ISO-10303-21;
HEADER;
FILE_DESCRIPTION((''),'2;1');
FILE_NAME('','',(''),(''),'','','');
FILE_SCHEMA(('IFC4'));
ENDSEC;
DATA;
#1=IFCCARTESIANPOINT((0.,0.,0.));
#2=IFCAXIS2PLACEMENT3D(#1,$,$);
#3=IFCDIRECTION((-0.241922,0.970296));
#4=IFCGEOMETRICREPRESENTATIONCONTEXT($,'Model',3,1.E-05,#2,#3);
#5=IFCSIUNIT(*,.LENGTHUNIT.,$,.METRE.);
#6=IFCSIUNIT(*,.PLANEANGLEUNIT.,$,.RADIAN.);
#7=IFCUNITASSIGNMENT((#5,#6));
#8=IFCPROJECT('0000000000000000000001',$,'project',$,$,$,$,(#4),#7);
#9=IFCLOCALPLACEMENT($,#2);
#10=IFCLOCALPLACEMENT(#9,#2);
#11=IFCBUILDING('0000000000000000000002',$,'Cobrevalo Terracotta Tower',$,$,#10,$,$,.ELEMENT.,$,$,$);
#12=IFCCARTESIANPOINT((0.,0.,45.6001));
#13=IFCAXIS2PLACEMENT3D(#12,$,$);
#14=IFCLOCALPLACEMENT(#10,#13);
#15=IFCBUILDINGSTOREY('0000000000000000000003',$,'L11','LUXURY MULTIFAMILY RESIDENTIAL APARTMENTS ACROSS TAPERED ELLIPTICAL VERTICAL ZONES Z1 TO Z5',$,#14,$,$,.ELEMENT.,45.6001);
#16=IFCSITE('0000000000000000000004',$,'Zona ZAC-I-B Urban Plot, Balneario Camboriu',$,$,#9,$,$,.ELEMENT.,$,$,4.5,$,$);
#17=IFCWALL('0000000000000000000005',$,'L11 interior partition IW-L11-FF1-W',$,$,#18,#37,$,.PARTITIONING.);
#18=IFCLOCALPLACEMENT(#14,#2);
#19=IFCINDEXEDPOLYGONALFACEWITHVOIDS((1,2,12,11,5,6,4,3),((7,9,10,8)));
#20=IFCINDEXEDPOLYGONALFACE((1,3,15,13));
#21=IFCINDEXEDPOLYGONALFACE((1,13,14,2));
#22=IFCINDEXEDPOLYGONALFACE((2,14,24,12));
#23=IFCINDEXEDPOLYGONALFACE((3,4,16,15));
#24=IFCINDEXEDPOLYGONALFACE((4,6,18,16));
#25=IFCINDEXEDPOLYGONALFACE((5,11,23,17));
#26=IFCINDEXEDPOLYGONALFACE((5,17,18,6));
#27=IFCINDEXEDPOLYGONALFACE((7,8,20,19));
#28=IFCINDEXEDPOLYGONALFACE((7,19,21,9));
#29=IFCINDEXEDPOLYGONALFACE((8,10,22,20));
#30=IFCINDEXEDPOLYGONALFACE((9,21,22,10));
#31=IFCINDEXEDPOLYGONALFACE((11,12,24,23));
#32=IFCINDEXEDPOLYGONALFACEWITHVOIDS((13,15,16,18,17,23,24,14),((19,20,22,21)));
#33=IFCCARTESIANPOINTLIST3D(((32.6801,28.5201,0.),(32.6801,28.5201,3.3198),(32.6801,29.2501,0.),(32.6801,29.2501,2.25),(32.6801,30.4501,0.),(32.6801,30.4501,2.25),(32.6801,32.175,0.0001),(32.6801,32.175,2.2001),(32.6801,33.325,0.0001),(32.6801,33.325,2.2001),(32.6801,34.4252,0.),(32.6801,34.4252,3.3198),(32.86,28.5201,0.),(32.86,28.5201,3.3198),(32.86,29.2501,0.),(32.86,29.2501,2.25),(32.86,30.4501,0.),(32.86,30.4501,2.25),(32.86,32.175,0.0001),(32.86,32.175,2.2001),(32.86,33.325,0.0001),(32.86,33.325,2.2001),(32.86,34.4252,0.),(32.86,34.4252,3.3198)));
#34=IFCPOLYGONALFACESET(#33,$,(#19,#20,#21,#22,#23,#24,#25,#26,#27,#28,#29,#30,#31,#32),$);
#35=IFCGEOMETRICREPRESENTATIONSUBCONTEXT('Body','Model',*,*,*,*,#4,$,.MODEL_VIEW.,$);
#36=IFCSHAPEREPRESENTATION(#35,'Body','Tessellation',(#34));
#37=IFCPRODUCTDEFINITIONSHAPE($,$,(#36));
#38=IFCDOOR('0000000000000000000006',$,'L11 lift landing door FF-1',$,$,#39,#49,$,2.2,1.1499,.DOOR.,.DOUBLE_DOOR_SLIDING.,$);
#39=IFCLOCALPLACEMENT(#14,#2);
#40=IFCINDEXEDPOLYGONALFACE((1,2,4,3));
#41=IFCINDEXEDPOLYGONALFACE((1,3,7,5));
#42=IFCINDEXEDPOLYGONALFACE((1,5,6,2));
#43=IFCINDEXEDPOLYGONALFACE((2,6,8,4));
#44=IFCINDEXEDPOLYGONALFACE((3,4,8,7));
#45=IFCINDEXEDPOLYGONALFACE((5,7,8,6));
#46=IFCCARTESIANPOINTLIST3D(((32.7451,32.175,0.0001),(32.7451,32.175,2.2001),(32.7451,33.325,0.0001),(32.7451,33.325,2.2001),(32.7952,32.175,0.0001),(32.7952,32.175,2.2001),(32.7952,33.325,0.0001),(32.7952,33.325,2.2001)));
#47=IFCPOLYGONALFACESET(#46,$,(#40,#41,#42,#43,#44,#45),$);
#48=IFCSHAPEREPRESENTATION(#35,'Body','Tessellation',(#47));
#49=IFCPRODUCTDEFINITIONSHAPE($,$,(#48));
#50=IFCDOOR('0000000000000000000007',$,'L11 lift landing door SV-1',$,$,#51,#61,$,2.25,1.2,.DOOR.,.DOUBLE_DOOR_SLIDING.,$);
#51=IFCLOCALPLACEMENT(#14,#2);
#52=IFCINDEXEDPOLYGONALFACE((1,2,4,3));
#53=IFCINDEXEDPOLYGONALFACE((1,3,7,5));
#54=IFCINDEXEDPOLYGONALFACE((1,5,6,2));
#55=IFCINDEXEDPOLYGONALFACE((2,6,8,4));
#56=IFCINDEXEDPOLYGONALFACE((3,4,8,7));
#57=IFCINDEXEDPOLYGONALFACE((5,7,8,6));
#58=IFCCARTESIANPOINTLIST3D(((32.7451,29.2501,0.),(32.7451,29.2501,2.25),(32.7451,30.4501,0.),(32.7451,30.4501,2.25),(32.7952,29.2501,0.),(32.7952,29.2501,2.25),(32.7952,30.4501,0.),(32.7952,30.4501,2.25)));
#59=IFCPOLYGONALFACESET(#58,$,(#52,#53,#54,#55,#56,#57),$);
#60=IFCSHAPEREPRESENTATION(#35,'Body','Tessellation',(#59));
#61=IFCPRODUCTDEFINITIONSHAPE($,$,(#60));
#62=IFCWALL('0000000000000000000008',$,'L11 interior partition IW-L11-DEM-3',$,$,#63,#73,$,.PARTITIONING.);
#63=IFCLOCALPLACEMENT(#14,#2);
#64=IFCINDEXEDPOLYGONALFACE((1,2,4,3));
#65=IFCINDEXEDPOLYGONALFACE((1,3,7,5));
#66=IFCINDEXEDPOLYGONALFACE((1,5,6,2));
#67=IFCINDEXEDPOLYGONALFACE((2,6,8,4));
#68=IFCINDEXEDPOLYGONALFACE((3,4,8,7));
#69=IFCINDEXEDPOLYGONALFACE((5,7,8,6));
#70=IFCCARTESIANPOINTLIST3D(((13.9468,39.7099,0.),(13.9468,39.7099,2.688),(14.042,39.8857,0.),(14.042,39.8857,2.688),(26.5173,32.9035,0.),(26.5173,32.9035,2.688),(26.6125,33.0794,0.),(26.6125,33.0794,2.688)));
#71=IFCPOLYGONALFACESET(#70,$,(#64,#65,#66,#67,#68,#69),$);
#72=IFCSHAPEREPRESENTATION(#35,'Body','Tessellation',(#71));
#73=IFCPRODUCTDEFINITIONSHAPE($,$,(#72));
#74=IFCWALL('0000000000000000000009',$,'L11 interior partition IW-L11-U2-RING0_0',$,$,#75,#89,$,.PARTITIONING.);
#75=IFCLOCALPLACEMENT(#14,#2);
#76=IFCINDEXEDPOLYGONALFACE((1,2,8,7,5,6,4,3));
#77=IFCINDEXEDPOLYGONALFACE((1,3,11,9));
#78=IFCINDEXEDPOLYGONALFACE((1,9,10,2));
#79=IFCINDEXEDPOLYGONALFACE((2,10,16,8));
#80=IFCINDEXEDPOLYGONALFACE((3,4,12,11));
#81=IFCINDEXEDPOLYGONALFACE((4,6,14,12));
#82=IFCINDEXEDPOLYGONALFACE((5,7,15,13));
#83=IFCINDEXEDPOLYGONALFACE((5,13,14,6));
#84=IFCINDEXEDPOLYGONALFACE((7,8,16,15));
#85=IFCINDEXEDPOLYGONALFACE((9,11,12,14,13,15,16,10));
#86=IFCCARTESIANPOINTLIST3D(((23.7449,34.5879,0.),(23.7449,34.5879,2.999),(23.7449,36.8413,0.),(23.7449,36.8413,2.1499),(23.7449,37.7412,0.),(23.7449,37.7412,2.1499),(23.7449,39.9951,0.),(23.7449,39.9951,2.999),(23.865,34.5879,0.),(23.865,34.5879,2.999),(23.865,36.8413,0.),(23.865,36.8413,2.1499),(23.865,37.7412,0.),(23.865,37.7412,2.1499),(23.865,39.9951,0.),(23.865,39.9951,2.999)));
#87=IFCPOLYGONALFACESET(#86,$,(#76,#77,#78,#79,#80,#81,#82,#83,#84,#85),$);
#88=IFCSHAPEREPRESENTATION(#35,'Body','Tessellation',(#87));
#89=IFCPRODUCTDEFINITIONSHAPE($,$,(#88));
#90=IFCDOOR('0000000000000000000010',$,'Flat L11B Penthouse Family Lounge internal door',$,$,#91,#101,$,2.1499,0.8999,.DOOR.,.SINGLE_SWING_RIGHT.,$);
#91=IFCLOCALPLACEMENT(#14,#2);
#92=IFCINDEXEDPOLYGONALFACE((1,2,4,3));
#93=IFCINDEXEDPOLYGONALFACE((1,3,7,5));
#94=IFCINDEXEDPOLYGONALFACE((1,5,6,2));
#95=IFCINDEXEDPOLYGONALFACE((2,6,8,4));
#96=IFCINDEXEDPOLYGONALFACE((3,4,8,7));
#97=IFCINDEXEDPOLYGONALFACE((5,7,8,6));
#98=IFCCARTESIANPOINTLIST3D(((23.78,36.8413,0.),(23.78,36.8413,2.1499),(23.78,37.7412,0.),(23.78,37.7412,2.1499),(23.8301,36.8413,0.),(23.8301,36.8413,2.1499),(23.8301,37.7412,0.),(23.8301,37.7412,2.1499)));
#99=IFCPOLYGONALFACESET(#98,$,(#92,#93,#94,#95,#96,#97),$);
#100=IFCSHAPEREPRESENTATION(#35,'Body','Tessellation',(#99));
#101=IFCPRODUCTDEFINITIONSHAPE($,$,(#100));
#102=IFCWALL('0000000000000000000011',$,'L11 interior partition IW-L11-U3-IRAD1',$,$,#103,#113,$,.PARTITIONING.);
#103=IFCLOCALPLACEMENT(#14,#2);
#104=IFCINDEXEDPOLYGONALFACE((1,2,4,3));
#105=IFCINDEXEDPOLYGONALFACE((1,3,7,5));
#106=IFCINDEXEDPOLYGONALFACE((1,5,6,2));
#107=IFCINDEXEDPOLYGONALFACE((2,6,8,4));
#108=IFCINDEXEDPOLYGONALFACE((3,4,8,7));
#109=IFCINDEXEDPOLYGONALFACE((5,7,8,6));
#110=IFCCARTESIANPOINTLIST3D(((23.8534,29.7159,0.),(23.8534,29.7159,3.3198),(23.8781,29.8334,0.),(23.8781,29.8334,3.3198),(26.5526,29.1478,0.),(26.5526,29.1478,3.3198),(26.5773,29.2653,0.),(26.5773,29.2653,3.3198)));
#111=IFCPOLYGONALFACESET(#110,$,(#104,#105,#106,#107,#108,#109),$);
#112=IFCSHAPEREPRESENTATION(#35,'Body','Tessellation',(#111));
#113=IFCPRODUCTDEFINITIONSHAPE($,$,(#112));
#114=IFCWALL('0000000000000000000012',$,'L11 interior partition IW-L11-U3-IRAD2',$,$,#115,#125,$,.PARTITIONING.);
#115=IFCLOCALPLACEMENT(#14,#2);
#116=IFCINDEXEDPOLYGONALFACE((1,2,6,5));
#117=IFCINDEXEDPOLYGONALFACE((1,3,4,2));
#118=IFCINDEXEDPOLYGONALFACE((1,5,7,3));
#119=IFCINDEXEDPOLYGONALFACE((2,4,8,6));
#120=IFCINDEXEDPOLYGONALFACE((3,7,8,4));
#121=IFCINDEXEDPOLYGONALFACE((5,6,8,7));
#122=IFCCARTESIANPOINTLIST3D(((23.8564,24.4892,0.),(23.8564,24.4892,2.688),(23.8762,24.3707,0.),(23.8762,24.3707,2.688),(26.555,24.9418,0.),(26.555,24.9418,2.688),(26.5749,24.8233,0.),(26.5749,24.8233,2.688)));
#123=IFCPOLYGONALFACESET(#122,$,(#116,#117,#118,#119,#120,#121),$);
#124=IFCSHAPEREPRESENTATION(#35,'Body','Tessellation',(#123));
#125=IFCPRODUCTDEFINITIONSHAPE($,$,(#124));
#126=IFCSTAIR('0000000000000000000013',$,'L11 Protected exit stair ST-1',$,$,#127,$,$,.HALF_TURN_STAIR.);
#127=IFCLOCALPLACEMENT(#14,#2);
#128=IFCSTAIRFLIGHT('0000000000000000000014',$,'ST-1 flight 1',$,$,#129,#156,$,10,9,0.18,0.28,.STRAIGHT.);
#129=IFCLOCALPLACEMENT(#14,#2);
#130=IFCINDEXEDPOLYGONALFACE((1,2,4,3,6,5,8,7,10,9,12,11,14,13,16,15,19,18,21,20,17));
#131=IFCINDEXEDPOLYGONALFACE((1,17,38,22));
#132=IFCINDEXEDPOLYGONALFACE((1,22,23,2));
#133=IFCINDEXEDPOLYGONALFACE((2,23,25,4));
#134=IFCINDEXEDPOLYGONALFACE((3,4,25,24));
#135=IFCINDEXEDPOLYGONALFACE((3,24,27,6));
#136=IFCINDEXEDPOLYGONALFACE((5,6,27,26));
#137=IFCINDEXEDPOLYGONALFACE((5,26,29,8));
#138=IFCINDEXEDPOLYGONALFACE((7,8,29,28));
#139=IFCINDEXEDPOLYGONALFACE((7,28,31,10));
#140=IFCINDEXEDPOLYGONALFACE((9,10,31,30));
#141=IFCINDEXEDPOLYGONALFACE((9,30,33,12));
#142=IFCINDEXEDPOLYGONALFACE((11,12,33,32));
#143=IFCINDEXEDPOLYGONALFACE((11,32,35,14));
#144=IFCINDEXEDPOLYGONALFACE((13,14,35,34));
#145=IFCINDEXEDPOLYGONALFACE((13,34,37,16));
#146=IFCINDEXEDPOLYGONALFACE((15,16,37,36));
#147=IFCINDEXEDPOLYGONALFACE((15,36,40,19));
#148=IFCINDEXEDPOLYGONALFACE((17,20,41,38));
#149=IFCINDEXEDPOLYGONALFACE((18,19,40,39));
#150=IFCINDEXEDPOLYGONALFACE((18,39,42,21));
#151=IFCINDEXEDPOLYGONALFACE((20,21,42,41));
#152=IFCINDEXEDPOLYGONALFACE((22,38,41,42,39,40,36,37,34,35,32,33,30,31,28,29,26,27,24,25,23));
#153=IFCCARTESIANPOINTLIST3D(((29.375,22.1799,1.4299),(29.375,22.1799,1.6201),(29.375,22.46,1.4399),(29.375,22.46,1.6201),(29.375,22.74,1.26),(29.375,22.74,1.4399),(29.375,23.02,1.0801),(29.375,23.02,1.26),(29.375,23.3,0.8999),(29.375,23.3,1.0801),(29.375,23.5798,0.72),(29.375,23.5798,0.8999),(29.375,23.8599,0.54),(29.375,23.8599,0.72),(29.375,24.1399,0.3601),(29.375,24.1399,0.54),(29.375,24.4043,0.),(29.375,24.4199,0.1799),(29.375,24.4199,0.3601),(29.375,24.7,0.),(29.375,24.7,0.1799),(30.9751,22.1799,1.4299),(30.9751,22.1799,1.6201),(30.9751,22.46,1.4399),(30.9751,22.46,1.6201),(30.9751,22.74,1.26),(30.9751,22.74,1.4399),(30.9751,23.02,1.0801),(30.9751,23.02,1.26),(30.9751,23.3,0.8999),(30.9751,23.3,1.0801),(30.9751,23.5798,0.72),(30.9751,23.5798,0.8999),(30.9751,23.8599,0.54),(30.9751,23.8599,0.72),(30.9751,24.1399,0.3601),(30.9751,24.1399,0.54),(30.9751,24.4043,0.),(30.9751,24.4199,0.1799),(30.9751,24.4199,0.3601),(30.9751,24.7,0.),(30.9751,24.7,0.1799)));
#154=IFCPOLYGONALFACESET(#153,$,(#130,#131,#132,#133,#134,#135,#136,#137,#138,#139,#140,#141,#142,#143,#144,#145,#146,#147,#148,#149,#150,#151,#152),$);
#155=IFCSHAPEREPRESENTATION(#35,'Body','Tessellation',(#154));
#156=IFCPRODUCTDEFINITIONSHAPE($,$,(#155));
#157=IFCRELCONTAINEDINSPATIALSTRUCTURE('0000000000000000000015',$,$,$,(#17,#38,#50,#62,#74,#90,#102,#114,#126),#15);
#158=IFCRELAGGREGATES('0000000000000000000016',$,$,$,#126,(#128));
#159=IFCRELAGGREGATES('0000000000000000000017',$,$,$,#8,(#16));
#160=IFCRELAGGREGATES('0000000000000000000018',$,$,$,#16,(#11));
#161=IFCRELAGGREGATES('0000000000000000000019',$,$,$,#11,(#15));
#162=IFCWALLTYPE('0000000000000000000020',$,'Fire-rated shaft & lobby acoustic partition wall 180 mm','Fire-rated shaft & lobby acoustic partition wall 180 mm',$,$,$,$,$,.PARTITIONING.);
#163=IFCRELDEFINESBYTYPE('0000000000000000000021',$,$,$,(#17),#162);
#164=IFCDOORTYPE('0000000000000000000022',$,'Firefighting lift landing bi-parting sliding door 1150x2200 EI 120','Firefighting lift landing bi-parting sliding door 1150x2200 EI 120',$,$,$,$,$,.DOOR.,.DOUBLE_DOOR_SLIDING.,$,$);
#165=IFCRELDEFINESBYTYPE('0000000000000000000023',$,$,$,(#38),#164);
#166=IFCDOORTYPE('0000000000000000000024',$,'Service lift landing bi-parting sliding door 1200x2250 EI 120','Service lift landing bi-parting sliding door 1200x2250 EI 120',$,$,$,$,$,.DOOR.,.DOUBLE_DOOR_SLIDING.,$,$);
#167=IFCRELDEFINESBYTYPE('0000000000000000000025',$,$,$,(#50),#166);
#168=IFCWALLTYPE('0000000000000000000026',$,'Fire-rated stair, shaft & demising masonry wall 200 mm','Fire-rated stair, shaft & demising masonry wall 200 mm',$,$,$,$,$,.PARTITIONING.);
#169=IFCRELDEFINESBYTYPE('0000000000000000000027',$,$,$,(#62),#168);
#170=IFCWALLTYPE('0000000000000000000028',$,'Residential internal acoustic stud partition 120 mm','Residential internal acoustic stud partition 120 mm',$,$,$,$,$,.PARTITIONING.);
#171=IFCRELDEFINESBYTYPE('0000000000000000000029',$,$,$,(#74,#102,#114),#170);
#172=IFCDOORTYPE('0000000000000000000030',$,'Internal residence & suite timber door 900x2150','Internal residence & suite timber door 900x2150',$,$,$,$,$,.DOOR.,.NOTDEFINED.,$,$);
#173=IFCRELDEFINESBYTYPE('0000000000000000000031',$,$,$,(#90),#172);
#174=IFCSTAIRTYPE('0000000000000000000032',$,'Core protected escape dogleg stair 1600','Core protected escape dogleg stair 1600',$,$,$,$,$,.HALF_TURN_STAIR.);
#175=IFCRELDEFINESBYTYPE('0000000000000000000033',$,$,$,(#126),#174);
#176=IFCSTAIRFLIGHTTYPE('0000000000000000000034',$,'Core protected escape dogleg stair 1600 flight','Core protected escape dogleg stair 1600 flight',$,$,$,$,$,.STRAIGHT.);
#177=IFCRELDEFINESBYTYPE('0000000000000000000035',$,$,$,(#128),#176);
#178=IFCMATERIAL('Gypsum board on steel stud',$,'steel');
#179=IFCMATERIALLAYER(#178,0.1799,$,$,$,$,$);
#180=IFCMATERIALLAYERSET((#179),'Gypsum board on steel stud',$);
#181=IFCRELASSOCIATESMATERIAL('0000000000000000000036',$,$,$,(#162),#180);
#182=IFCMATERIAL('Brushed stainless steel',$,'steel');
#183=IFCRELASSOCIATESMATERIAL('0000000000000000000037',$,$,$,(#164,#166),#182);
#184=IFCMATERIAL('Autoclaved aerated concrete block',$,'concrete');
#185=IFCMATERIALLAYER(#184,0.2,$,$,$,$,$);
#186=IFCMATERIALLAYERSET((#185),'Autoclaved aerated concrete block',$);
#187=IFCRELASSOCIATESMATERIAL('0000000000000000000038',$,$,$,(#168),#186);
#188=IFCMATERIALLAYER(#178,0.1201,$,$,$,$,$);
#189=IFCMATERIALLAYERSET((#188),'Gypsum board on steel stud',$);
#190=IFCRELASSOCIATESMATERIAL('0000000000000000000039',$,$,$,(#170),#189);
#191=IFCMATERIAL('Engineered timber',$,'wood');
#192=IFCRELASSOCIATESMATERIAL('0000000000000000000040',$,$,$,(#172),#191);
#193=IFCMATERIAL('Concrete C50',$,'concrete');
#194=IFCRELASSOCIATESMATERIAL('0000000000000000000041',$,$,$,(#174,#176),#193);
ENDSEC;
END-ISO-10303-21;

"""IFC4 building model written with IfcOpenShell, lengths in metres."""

from ifc_helpers import new_model, si_unit, direction, frame, frame_2d, origin, place, context, subcontext, project, spatial, polyline, rectangle, outline, extrude, source, transform, mapped, material, layer, layer_set, type_object, element, fill, aggregate, save


model = new_model("IFC4")

# Units and contexts
model_context = context("Model", 3, precision=1e-05, world=origin(), true_north=direction((-0.241922, 0.970296)))
body_context = subcontext(model_context, "Body", "Model", "MODEL_VIEW")
ifc_project = project(units=[si_unit("LENGTHUNIT", "METRE"), si_unit("PLANEANGLEUNIT", "RADIAN")], contexts=[model_context])

# Site, building, storey
site_placement = place(None, origin())
site = spatial("IfcSite", under=ifc_project, at=site_placement, Name="Zona ZAC-I-B Urban Plot, Balneario Camboriu", CompositionType="ELEMENT", RefElevation=4.5)
building_placement = place(site_placement, origin())
building = spatial("IfcBuilding", under=site, at=building_placement, Name="Cobrevalo Terracotta Tower", CompositionType="ELEMENT")
storey_placement = place(building_placement, frame((0.0, 0.0, 45.6001)))
storey = spatial("IfcBuildingStorey", under=building, at=storey_placement, Name="L11", Description="LUXURY MULTIFAMILY RESIDENTIAL APARTMENTS ACROSS TAPERED ELLIPTICAL VERTICAL ZONES Z1 TO Z5", CompositionType="ELEMENT", Elevation=45.6001)

# Shared definitions
ifc_material_1 = material(Name="Gypsum board on steel stud", Category="steel")

# Shared definitions
ifc_layer_1 = layer(ifc_material_1, 0.1799)
ifc_layer_set_1 = layer_set([ifc_layer_1], Name="Gypsum board on steel stud")
wall_type_1 = type_object("IfcWallType", Name="Fire-rated shaft & lobby acoustic partition wall 180 mm", Description="Fire-rated shaft & lobby acoustic partition wall 180 mm", PredefinedType="PARTITIONING", material=ifc_layer_set_1)

# Wall, openings, doors
wall_1_placement = place(storey_placement, frame((32.77, 28.52, 0.0), z_axis=(0.0, 0.0, 1.0), x_axis=(0.0, 1.0, 0.0)))
wall_1 = element("IfcWall", 1, at=wall_1_placement, inside=storey, type_object=wall_type_1, Name="L11 interior partition IW-L11-FF1-W", PredefinedType="PARTITIONING", context=body_context, shape_type="SweptSolid", body=[
    extrude(rectangle(XDim=5.905, YDim=0.1799, at=frame_2d((2.9526, 0.0))), origin(), (0.0, 0.0, 1.0), 3.3198),
])
opening_1_placement = place(wall_1_placement, frame((3.655, 0.0, 0.0)))
opening_1 = element("IfcOpeningElement", 2, at=opening_1_placement, cuts=wall_1, PredefinedType="OPENING", context=body_context, shape_type="SweptSolid", body=[
    extrude(rectangle(XDim=1.1499, YDim=2.2, at=frame_2d((0.575, 1.1001))), frame((0.0, 0.1001, 0.0), z_axis=(0.0, -1.0, 0.0), x_axis=(1.0, 0.0, 0.0)), (0.0, 0.0, 1.0), 0.2),
])
opening_2_placement = place(wall_1_placement, frame((0.73, 0.0, 0.0)))
opening_2 = element("IfcOpeningElement", 3, at=opening_2_placement, cuts=wall_1, PredefinedType="OPENING", context=body_context, shape_type="SweptSolid", body=[
    extrude(rectangle(XDim=1.2, YDim=2.25, at=frame_2d((0.6001, 1.125))), frame((0.0, 0.1001, 0.0), z_axis=(0.0, -1.0, 0.0), x_axis=(1.0, 0.0, 0.0)), (0.0, 0.0, 1.0), 0.2),
])
ifc_material_2 = material(Name="Brushed stainless steel", Category="steel")
door_type_1 = type_object("IfcDoorType", Name="Firefighting lift landing bi-parting sliding door 1150x2200 EI 120", Description="Firefighting lift landing bi-parting sliding door 1150x2200 EI 120", OperationType="DOUBLE_DOOR_SLIDING", PredefinedType="DOOR", material=ifc_material_2)
shared_shape_1 = source(origin(), body_context, "Body", "SweptSolid", [
    extrude(rectangle(XDim=1.1499, YDim=2.2, at=frame_2d((0.575, 1.1001))), frame((0.0, 0.0249, 0.0), z_axis=(0.0, -1.0, 0.0), x_axis=(1.0, 0.0, 0.0)), (0.0, 0.0, 1.0), 0.05),
])
door_1_placement = place(opening_1_placement, origin())
door_1 = element("IfcDoor", 4, at=door_1_placement, inside=storey, type_object=door_type_1, Name="L11 lift landing door FF-1", OperationType="DOUBLE_DOOR_SLIDING", OverallHeight=2.2, OverallWidth=1.1499, PredefinedType="DOOR", context=body_context, shape_type="MappedRepresentation", body=[
    mapped(shared_shape_1, transform((0.0, 0.0, 0.0), scale=1.0)),
])
fill(opening_1, door_1)
door_type_2 = type_object("IfcDoorType", Name="Service lift landing bi-parting sliding door 1200x2250 EI 120", Description="Service lift landing bi-parting sliding door 1200x2250 EI 120", OperationType="DOUBLE_DOOR_SLIDING", PredefinedType="DOOR", material=ifc_material_2)
shared_shape_2 = source(origin(), body_context, "Body", "SweptSolid", [
    extrude(rectangle(XDim=1.2, YDim=2.25, at=frame_2d((0.6001, 1.125))), frame((0.0, 0.0249, 0.0), z_axis=(0.0, -1.0, 0.0), x_axis=(1.0, 0.0, 0.0)), (0.0, 0.0, 1.0), 0.05),
])
door_2_placement = place(opening_2_placement, origin())
door_2 = element("IfcDoor", 5, at=door_2_placement, inside=storey, type_object=door_type_2, Name="L11 lift landing door SV-1", OperationType="DOUBLE_DOOR_SLIDING", OverallHeight=2.25, OverallWidth=1.2, PredefinedType="DOOR", context=body_context, shape_type="MappedRepresentation", body=[
    mapped(shared_shape_2, transform((0.0, 0.0, 0.0), scale=1.0)),
])
fill(opening_2, door_2)

# Wall
ifc_material_3 = material(Name="Autoclaved aerated concrete block", Category="concrete")
ifc_layer_2 = layer(ifc_material_3, 0.2)
ifc_layer_set_2 = layer_set([ifc_layer_2], Name="Autoclaved aerated concrete block")
wall_type_2 = type_object("IfcWallType", Name="Fire-rated stair, shaft & demising masonry wall 200 mm", Description="Fire-rated stair, shaft & demising masonry wall 200 mm", PredefinedType="PARTITIONING", material=ifc_layer_set_2)
wall_2_placement = place(storey_placement, frame((26.5649, 32.9915, 0.0), z_axis=(0.0, 0.0, 1.0), x_axis=(-0.87937, 0.47614, 0.0)))
element("IfcWall", 6, at=wall_2_placement, inside=storey, type_object=wall_type_2, Name="L11 interior partition IW-L11-DEM-3", PredefinedType="PARTITIONING", context=body_context, shape_type="SweptSolid", body=[
    extrude(rectangle(XDim=14.2949, YDim=0.2, at=frame_2d((7.1475, 0.0))), origin(), (0.0, 0.0, 1.0), 2.688),
])

# Wall, opening, door
ifc_layer_3 = layer(ifc_material_1, 0.1201)
ifc_layer_set_3 = layer_set([ifc_layer_3], Name="Gypsum board on steel stud")
wall_type_3 = type_object("IfcWallType", Name="Residential internal acoustic stud partition 120 mm", Description="Residential internal acoustic stud partition 120 mm", PredefinedType="PARTITIONING", material=ifc_layer_set_3)
wall_3_placement = place(storey_placement, frame((23.8049, 34.5879, 0.0), z_axis=(0.0, 0.0, 1.0), x_axis=(0.0, 1.0, 0.0)))
wall_3 = element("IfcWall", 7, at=wall_3_placement, inside=storey, type_object=wall_type_3, Name="L11 interior partition IW-L11-U2-RING0_0", PredefinedType="PARTITIONING", context=body_context, shape_type="SweptSolid", body=[
    extrude(rectangle(XDim=5.4072, YDim=0.1201, at=frame_2d((2.7036, 0.0))), origin(), (0.0, 0.0, 1.0), 2.999),
])
opening_3_placement = place(wall_3_placement, frame((2.2534, 0.0, 0.0)))
opening_3 = element("IfcOpeningElement", 8, at=opening_3_placement, cuts=wall_3, PredefinedType="OPENING", context=body_context, shape_type="SweptSolid", body=[
    extrude(rectangle(XDim=0.8999, YDim=2.1499, at=frame_2d((0.45, 1.075))), frame((0.0, 0.0701, 0.0), z_axis=(0.0, -1.0, 0.0), x_axis=(1.0, 0.0, 0.0)), (0.0, 0.0, 1.0), 0.1401),
])
ifc_material_4 = material(Name="Engineered timber", Category="wood")
door_type_3 = type_object("IfcDoorType", Name="Internal residence & suite timber door 900x2150", Description="Internal residence & suite timber door 900x2150", OperationType="NOTDEFINED", PredefinedType="DOOR", material=ifc_material_4)
shared_shape_3 = source(origin(), body_context, "Body", "SweptSolid", [
    extrude(rectangle(XDim=0.8999, YDim=2.1499, at=frame_2d((0.45, 1.075))), frame((0.0, 0.0249, 0.0), z_axis=(0.0, -1.0, 0.0), x_axis=(1.0, 0.0, 0.0)), (0.0, 0.0, 1.0), 0.05),
])
door_3_placement = place(opening_3_placement, origin())
door_3 = element("IfcDoor", 9, at=door_3_placement, inside=storey, type_object=door_type_3, Name="Flat L11B Penthouse Family Lounge internal door", OperationType="SINGLE_SWING_RIGHT", OverallHeight=2.1499, OverallWidth=0.8999, PredefinedType="DOOR", context=body_context, shape_type="MappedRepresentation", body=[
    mapped(shared_shape_3, transform((0.0, 0.0, 0.0), scale=1.0)),
])
fill(opening_3, door_3)

# Walls
wall_4_placement = place(storey_placement, frame((26.5649, 29.2065, 0.0), z_axis=(0.0, 0.0, 1.0), x_axis=(-0.97856, 0.205961, 0.0)))
element("IfcWall", 10, at=wall_4_placement, inside=storey, type_object=wall_type_3, Name="L11 interior partition IW-L11-U3-IRAD1", PredefinedType="PARTITIONING", context=body_context, shape_type="SweptSolid", body=[
    extrude(rectangle(XDim=2.7583, YDim=0.1201, at=frame_2d((1.3792, 0.0))), origin(), (0.0, 0.0, 1.0), 3.3198),
])
wall_5_placement = place(storey_placement, frame((26.5649, 24.8826, 0.0), z_axis=(0.0, 0.0, 1.0), x_axis=(-0.986225, -0.165412, 0.0)))
element("IfcWall", 11, at=wall_5_placement, inside=storey, type_object=wall_type_3, Name="L11 interior partition IW-L11-U3-IRAD2", PredefinedType="PARTITIONING", context=body_context, shape_type="SweptSolid", body=[
    extrude(rectangle(XDim=2.7363, YDim=0.1201, at=frame_2d((1.3682, 0.0))), origin(), (0.0, 0.0, 1.0), 2.688),
])

# Shared definitions
ifc_material_5 = material(Name="Concrete C50", Category="concrete")

# Stair, stair flight
stair_type = type_object("IfcStairType", Name="Core protected escape dogleg stair 1600", Description="Core protected escape dogleg stair 1600", PredefinedType="HALF_TURN_STAIR", material=ifc_material_5)
stair_placement = place(storey_placement, origin())
stair = element("IfcStair", 12, at=stair_placement, inside=storey, type_object=stair_type, Name="L11 Protected exit stair ST-1", PredefinedType="HALF_TURN_STAIR")
stair_flight_type = type_object("IfcStairFlightType", Name="Core protected escape dogleg stair 1600 flight", Description="Core protected escape dogleg stair 1600 flight", PredefinedType="STRAIGHT", material=ifc_material_5)
stair_flight_placement = place(storey_placement, frame((30.175, 24.7, 0.0), z_axis=(0.0, 0.0, 1.0), x_axis=(0.0, -1.0, 0.0)))
stair_flight = element("IfcStairFlight", 13, at=stair_flight_placement, type_object=stair_flight_type, Name="ST-1 flight 1", NumberOfRisers=10, NumberOfTreads=9, PredefinedType="STRAIGHT", RiserHeight=0.18, TreadLength=0.28, context=body_context, shape_type="SweptSolid", body=[
    extrude(outline(polyline([(0.0, 0.0), (0.0, 0.1799), (0.28, 0.1799), (0.28, 0.3601), (0.5601, 0.3601), (0.5601, 0.54), (0.8401, 0.54), (0.8401, 0.72), (1.1201, 0.72), (1.1201, 0.8999), (1.3999, 0.8999), (1.3999, 1.0801), (1.6799, 1.0801), (1.6799, 1.26), (1.96, 1.26), (1.96, 1.4399), (2.24, 1.4399), (2.24, 1.6201), (2.52, 1.6201), (2.52, 1.8), (2.52, 1.4299), (0.2957, 0.0), (0.0, 0.0)])), frame((0.0, 0.8, 0.0), z_axis=(0.0, -1.0, 0.0), x_axis=(1.0, 0.0, 0.0)), (0.0, 0.0, 1.0), 1.6001),
])
aggregate(stair, [stair_flight])

save(model, "model.ifc")
